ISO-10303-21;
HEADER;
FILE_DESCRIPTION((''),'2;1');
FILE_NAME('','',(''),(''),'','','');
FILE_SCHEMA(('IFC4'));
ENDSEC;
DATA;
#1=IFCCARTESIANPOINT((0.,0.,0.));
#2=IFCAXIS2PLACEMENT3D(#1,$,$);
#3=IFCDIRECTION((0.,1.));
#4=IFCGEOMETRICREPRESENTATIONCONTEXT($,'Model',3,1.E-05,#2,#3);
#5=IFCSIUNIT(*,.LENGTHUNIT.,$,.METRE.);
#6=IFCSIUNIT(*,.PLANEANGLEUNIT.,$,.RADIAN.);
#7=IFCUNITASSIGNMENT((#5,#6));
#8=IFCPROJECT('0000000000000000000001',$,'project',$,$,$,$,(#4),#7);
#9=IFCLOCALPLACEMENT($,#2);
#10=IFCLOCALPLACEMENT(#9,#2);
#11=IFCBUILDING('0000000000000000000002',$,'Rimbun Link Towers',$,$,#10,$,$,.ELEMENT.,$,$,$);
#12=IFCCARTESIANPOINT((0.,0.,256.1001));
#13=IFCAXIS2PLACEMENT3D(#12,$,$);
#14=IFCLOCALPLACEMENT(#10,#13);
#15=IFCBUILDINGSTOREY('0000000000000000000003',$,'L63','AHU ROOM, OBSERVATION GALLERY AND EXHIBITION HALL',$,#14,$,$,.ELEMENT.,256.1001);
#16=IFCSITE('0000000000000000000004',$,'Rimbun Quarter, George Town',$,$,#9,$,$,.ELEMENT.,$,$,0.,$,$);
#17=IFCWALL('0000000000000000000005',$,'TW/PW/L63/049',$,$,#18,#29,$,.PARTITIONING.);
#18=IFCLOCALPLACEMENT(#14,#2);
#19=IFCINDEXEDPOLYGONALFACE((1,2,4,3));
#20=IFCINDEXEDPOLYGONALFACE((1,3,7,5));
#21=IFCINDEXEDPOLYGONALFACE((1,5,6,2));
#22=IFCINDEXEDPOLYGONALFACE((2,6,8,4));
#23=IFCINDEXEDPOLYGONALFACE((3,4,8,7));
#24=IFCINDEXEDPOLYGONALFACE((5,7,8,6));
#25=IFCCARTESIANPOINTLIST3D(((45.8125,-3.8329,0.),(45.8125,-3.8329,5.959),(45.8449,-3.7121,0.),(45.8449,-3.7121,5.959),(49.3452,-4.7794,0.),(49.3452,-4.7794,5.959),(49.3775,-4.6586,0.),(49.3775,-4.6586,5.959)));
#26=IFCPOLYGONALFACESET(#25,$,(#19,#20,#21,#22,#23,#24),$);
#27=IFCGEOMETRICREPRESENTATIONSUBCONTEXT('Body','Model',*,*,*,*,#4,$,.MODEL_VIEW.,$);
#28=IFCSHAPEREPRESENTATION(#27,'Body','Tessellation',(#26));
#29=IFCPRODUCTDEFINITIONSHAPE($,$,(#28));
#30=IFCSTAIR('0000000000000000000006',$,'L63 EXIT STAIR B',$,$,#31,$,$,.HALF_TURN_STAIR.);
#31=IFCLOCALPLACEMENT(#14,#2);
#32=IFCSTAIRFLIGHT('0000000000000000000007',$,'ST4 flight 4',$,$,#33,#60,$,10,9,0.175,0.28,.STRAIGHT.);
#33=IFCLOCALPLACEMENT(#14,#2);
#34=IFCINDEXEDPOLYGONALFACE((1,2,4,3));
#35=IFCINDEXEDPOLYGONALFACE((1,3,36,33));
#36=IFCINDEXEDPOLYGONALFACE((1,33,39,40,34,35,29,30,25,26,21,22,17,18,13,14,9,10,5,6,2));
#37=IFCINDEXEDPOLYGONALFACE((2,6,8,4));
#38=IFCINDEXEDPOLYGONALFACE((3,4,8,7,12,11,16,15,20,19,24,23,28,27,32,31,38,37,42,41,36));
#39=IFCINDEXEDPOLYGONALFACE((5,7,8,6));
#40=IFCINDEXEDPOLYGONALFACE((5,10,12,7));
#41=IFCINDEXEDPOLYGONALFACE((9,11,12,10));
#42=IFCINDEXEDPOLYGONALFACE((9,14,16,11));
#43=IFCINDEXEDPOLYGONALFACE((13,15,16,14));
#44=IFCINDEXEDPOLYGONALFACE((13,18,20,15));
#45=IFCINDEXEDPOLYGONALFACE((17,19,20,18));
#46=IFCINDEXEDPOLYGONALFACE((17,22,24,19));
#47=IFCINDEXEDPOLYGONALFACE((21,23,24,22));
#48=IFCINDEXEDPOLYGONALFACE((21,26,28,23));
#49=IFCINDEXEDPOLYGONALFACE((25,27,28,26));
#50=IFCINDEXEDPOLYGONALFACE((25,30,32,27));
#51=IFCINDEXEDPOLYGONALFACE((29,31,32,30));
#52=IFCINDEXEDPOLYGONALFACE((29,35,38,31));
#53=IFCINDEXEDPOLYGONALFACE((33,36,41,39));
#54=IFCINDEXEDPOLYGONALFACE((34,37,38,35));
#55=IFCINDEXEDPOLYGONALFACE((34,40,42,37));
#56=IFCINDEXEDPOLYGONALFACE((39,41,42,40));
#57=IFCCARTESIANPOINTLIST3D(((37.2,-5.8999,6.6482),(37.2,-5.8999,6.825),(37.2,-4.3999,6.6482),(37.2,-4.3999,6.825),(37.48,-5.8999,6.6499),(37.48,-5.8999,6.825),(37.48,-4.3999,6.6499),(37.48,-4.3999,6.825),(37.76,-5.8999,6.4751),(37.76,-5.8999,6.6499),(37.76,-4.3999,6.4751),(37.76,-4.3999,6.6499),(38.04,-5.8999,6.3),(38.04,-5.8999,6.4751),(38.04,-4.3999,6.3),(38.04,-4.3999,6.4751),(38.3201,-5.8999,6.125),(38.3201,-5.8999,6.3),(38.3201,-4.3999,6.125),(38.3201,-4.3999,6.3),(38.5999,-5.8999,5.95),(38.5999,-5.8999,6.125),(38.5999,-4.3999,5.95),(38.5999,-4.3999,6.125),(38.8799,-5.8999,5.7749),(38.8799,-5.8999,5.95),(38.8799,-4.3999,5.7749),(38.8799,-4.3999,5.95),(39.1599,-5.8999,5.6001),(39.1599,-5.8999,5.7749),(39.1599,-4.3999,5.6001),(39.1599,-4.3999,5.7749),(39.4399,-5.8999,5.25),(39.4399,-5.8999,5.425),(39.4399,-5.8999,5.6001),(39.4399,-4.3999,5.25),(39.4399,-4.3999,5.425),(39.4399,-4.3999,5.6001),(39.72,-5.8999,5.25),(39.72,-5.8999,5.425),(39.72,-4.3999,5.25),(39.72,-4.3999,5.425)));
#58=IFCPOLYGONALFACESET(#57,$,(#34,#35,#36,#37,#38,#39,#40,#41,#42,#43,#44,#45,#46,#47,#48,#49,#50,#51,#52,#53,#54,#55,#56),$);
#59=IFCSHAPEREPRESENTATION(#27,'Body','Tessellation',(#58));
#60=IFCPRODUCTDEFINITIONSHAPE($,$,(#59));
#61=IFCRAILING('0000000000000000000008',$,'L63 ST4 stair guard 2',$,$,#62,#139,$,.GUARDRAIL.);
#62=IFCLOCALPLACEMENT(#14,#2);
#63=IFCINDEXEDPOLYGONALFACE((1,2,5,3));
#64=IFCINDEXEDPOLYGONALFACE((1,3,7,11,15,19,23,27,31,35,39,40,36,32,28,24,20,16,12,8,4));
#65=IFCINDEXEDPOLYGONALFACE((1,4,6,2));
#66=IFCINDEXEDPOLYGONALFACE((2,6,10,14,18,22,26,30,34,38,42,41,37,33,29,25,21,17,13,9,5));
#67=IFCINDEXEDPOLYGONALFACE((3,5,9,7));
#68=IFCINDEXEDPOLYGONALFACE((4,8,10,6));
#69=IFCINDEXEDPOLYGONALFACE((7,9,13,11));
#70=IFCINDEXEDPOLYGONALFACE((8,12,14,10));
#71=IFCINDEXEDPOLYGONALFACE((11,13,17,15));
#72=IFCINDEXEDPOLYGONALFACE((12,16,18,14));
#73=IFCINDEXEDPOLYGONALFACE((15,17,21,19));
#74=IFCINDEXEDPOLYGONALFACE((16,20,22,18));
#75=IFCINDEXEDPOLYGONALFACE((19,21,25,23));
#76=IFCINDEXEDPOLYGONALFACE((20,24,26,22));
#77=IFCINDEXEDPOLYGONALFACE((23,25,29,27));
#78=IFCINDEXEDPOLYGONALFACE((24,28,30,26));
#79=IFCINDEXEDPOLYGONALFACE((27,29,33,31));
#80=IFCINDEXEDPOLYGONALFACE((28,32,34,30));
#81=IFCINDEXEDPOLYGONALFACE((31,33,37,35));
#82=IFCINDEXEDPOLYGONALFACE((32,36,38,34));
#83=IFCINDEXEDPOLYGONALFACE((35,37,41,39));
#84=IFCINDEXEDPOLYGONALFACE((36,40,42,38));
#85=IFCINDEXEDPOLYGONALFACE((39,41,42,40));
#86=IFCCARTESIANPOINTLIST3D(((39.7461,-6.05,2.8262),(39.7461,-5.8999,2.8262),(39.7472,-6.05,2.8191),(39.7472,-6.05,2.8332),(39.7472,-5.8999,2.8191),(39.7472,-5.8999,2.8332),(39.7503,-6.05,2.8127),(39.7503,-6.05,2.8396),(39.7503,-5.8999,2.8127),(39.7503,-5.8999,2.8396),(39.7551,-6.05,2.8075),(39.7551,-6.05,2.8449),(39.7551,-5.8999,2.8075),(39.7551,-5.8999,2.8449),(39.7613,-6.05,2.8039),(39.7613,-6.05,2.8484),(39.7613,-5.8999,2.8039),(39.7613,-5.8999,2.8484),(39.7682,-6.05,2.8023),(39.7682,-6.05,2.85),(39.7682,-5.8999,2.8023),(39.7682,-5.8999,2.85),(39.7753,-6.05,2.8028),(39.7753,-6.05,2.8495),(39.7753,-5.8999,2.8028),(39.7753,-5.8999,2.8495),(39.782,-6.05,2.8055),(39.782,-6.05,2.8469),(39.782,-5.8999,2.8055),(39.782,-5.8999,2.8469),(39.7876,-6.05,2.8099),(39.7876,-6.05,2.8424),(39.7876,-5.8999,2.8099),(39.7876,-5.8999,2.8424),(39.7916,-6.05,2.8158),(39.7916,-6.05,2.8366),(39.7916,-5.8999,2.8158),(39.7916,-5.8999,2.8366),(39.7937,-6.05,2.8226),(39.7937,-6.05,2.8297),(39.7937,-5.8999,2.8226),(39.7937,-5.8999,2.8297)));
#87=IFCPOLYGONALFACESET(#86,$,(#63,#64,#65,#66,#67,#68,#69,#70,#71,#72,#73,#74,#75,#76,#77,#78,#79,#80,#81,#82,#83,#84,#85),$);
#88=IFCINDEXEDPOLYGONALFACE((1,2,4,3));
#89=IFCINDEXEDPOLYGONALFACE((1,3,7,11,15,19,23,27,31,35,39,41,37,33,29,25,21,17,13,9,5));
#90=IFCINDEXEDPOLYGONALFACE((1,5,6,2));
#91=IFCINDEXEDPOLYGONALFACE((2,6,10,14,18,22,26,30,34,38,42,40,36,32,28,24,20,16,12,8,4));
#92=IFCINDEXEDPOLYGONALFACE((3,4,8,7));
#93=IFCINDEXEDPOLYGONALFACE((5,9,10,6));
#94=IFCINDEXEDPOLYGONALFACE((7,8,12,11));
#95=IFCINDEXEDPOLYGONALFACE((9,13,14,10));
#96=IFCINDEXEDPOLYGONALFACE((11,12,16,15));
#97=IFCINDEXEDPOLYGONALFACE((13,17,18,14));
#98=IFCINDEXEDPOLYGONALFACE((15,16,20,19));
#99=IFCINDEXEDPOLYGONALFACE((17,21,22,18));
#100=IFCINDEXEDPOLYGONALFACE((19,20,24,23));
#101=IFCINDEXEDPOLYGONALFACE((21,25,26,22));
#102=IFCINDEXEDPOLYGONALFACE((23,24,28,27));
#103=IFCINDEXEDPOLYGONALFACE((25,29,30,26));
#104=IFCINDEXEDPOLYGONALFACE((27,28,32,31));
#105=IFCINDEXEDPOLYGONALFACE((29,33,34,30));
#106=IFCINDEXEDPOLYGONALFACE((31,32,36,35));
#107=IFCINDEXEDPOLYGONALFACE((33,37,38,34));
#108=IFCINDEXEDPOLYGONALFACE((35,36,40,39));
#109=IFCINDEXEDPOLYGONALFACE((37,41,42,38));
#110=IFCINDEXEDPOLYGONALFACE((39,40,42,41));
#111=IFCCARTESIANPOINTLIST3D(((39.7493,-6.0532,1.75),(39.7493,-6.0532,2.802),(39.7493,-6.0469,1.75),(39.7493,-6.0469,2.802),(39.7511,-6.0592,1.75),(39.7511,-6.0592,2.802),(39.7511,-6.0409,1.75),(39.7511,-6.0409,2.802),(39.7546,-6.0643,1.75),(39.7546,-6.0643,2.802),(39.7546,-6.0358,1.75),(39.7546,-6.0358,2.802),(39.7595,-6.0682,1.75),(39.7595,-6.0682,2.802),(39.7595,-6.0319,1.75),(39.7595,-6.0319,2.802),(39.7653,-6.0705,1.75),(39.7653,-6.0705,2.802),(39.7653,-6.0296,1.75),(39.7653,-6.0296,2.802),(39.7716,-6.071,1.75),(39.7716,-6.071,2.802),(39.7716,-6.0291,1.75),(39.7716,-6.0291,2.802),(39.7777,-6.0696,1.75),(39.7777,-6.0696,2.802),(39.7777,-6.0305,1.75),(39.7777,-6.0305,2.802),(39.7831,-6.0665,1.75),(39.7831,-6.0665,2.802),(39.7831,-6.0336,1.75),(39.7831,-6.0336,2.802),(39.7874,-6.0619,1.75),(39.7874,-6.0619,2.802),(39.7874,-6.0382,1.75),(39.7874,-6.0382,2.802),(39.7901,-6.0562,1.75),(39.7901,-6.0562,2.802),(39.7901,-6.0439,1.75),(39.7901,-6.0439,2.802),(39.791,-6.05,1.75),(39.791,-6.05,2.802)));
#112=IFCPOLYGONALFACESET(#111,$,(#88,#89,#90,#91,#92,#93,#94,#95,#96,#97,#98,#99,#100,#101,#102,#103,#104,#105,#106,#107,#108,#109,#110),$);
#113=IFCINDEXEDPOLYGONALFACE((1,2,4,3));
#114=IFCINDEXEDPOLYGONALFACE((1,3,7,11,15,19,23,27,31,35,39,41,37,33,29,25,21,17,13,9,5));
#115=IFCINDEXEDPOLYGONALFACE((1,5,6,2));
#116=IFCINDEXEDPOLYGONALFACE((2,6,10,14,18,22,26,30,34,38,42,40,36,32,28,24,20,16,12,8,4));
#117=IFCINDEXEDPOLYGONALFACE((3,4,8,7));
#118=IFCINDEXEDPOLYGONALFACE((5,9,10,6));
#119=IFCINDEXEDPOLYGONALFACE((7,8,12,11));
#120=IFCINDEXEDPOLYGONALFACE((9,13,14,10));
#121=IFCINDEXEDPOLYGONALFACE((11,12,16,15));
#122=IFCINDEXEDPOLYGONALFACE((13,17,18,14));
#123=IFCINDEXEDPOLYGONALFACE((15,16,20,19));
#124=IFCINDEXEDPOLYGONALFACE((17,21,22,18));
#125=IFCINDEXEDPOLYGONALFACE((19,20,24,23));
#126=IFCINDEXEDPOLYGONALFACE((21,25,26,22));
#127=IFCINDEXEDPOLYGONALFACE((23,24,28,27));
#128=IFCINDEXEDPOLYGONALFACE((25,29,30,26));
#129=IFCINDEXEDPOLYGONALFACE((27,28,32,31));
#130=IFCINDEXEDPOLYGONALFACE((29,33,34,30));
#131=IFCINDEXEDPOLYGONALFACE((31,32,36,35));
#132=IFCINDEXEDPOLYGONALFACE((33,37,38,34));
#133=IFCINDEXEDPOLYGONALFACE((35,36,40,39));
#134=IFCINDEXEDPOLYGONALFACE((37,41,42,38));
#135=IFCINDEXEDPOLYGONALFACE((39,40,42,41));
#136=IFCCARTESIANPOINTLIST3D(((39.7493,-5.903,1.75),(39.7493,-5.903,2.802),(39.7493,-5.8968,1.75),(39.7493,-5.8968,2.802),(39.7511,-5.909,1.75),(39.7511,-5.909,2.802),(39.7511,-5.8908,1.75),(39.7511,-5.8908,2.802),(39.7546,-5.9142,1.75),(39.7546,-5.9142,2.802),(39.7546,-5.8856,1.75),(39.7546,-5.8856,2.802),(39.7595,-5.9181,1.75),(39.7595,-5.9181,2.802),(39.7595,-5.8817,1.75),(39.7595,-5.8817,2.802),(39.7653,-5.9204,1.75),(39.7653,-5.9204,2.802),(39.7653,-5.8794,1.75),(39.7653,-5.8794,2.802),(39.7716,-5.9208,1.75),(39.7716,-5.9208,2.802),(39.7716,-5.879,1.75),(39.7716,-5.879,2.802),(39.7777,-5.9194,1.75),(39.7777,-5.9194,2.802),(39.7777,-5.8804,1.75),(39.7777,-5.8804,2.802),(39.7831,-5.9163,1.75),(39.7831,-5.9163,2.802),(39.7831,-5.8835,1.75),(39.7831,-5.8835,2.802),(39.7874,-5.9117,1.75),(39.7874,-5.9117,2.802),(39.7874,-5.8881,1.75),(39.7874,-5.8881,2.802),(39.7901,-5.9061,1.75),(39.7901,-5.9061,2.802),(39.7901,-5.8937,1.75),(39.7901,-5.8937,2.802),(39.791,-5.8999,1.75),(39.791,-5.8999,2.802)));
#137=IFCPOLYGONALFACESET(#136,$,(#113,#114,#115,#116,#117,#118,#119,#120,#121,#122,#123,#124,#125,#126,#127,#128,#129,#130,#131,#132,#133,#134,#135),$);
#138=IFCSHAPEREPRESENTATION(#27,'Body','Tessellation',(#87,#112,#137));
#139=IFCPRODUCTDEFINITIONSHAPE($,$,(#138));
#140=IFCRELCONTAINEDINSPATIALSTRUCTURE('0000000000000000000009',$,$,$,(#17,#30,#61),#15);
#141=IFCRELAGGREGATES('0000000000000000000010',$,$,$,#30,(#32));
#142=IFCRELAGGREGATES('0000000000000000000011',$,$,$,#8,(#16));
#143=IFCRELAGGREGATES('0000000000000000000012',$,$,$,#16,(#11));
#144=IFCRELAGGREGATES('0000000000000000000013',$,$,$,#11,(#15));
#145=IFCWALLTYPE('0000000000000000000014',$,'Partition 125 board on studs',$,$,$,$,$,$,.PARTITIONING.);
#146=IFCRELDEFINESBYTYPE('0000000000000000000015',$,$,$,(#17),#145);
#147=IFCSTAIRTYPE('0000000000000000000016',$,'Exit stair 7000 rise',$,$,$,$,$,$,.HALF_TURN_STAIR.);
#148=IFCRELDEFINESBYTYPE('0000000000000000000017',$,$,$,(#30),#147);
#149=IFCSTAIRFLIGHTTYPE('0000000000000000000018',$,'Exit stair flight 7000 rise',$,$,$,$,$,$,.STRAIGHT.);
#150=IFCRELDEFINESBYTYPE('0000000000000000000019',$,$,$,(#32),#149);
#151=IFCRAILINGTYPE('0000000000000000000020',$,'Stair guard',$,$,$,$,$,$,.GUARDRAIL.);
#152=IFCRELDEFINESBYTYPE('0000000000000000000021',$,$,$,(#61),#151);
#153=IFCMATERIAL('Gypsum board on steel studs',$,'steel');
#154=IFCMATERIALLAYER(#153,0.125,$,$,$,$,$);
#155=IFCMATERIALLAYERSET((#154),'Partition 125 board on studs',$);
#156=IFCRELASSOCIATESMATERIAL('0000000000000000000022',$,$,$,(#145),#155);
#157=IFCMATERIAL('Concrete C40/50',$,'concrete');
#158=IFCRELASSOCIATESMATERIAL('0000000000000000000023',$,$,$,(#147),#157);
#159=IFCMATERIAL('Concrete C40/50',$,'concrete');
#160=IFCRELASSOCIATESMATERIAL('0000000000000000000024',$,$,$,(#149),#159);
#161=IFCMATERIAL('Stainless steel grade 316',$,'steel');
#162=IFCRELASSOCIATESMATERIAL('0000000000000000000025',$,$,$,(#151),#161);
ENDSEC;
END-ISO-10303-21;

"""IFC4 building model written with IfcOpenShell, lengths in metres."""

from ifc_helpers import new_model, si_unit, direction, frame, frame_2d, origin, origin_2d, place, context, subcontext, project, spatial, polyline, rectangle, circle, outline, extrude, material, layer, layer_set, type_object, element, aggregate, save


model = new_model("IFC4")

# Units and contexts
model_context = context("Model", 3, precision=1e-05, world=origin(), true_north=direction((0.0, 1.0)))
body_context = subcontext(model_context, "Body", "Model", "MODEL_VIEW")
ifc_project = project(units=[si_unit("LENGTHUNIT", "METRE"), si_unit("PLANEANGLEUNIT", "RADIAN")], contexts=[model_context])

# Site, building, storey
site_placement = place(None, origin())
site = spatial("IfcSite", under=ifc_project, at=site_placement, Name="Rimbun Quarter, George Town", CompositionType="ELEMENT", RefElevation=0.0)
building_placement = place(site_placement, origin())
building = spatial("IfcBuilding", under=site, at=building_placement, Name="Rimbun Link Towers", CompositionType="ELEMENT")
storey_placement = place(building_placement, frame((0.0, 0.0, 256.1001)))
storey = spatial("IfcBuildingStorey", under=building, at=storey_placement, Name="L63", Description="AHU ROOM, OBSERVATION GALLERY AND EXHIBITION HALL", CompositionType="ELEMENT", Elevation=256.1001)

# Shared definitions
ifc_material_1 = material(Name="Gypsum board on steel studs", Category="steel")
ifc_layer_1 = layer(ifc_material_1, 0.125)
ifc_layer_set_1 = layer_set([ifc_layer_1], Name="Partition 125 board on studs")
wall_type_1 = type_object("IfcWallType", Name="Partition 125 board on studs", PredefinedType="PARTITIONING", material=ifc_layer_set_1)

# Wall
wall_1_placement = place(storey_placement, frame((49.3613, -4.719, 0.0), z_axis=(0.0, 0.0, 1.0), x_axis=(-0.96593, 0.258805, 0.0)))
element("IfcWall", 1, at=wall_1_placement, inside=storey, type_object=wall_type_1, Name="TW/PW/L63/049", PredefinedType="PARTITIONING", context=body_context, shape_type="SweptSolid", body=[
    extrude(rectangle(XDim=3.6572, YDim=0.125, at=frame_2d((1.8286, 0.0))), origin(), (0.0, 0.0, 1.0), 5.959),
])

# Stair, stair flight
ifc_material_2 = material(Name="Concrete C40/50", Category="concrete")
stair_type = type_object("IfcStairType", Name="Exit stair 7000 rise", PredefinedType="HALF_TURN_STAIR", material=ifc_material_2)
stair_placement = place(storey_placement, origin())
stair = element("IfcStair", 2, at=stair_placement, inside=storey, type_object=stair_type, Name="L63 EXIT STAIR B", PredefinedType="HALF_TURN_STAIR")
ifc_material_3 = material(Name="Concrete C40/50", Category="concrete")
stair_flight_type = type_object("IfcStairFlightType", Name="Exit stair flight 7000 rise", PredefinedType="STRAIGHT", material=ifc_material_3)
stair_flight_placement = place(storey_placement, frame((39.72, -5.1499, 5.25), z_axis=(0.0, 0.0, 1.0), x_axis=(-1.0, 0.0, 0.0)))
stair_flight = element("IfcStairFlight", 3, at=stair_flight_placement, type_object=stair_flight_type, Name="ST4 flight 4", NumberOfRisers=10, NumberOfTreads=9, PredefinedType="STRAIGHT", RiserHeight=0.175, TreadLength=0.28, context=body_context, shape_type="SweptSolid", body=[
    extrude(outline(polyline([(0.0, 0.0), (0.0, 0.175), (0.28, 0.175), (0.28, 0.3501), (0.5601, 0.3501), (0.5601, 0.5249), (0.8401, 0.5249), (0.8401, 0.7), (1.1201, 0.7), (1.1201, 0.875), (1.3999, 0.875), (1.3999, 1.05), (1.6799, 1.05), (1.6799, 1.2251), (1.96, 1.2251), (1.96, 1.3999), (2.24, 1.3999), (2.24, 1.575), (2.52, 1.575), (2.52, 1.75), (2.52, 1.3982), (0.28, 0.0), (0.0, 0.0)])), frame((0.0, 0.75, 0.0), z_axis=(0.0, -1.0, 0.0), x_axis=(1.0, 0.0, 0.0)), (0.0, 0.0, 1.0), 1.5),
])
aggregate(stair, [stair_flight])

# Railing
ifc_material_4 = material(Name="Stainless steel grade 316", Category="steel")
railing_type_1 = type_object("IfcRailingType", Name="Stair guard", PredefinedType="GUARDRAIL", material=ifc_material_4)
for number, where, name in (
    (4, (39.77, -6.05, 1.75), "L63 ST4 stair guard 2"),
):
    element("IfcRailing", number, at=place(storey_placement, frame(where)), inside=storey, type_object=railing_type_1, Name=name, PredefinedType="GUARDRAIL", context=body_context, shape_type="SweptSolid", body=[
        extrude(circle(Radius=0.0239, at=origin_2d()), frame((0.0, 0.0, 1.0762), z_axis=(0.0, 1.0, 0.0), x_axis=(-1.0, 0.0, 0.0)), (0.0, 0.0, 1.0), 0.1501),
        extrude(circle(Radius=0.021, at=origin_2d()), origin(), (0.0, 0.0, 1.0), 1.052),
        extrude(circle(Radius=0.021, at=origin_2d()), frame((0.0, 0.1501, 0.0)), (0.0, 0.0, 1.0), 1.052),
    ])

save(model, "model.ifc")
